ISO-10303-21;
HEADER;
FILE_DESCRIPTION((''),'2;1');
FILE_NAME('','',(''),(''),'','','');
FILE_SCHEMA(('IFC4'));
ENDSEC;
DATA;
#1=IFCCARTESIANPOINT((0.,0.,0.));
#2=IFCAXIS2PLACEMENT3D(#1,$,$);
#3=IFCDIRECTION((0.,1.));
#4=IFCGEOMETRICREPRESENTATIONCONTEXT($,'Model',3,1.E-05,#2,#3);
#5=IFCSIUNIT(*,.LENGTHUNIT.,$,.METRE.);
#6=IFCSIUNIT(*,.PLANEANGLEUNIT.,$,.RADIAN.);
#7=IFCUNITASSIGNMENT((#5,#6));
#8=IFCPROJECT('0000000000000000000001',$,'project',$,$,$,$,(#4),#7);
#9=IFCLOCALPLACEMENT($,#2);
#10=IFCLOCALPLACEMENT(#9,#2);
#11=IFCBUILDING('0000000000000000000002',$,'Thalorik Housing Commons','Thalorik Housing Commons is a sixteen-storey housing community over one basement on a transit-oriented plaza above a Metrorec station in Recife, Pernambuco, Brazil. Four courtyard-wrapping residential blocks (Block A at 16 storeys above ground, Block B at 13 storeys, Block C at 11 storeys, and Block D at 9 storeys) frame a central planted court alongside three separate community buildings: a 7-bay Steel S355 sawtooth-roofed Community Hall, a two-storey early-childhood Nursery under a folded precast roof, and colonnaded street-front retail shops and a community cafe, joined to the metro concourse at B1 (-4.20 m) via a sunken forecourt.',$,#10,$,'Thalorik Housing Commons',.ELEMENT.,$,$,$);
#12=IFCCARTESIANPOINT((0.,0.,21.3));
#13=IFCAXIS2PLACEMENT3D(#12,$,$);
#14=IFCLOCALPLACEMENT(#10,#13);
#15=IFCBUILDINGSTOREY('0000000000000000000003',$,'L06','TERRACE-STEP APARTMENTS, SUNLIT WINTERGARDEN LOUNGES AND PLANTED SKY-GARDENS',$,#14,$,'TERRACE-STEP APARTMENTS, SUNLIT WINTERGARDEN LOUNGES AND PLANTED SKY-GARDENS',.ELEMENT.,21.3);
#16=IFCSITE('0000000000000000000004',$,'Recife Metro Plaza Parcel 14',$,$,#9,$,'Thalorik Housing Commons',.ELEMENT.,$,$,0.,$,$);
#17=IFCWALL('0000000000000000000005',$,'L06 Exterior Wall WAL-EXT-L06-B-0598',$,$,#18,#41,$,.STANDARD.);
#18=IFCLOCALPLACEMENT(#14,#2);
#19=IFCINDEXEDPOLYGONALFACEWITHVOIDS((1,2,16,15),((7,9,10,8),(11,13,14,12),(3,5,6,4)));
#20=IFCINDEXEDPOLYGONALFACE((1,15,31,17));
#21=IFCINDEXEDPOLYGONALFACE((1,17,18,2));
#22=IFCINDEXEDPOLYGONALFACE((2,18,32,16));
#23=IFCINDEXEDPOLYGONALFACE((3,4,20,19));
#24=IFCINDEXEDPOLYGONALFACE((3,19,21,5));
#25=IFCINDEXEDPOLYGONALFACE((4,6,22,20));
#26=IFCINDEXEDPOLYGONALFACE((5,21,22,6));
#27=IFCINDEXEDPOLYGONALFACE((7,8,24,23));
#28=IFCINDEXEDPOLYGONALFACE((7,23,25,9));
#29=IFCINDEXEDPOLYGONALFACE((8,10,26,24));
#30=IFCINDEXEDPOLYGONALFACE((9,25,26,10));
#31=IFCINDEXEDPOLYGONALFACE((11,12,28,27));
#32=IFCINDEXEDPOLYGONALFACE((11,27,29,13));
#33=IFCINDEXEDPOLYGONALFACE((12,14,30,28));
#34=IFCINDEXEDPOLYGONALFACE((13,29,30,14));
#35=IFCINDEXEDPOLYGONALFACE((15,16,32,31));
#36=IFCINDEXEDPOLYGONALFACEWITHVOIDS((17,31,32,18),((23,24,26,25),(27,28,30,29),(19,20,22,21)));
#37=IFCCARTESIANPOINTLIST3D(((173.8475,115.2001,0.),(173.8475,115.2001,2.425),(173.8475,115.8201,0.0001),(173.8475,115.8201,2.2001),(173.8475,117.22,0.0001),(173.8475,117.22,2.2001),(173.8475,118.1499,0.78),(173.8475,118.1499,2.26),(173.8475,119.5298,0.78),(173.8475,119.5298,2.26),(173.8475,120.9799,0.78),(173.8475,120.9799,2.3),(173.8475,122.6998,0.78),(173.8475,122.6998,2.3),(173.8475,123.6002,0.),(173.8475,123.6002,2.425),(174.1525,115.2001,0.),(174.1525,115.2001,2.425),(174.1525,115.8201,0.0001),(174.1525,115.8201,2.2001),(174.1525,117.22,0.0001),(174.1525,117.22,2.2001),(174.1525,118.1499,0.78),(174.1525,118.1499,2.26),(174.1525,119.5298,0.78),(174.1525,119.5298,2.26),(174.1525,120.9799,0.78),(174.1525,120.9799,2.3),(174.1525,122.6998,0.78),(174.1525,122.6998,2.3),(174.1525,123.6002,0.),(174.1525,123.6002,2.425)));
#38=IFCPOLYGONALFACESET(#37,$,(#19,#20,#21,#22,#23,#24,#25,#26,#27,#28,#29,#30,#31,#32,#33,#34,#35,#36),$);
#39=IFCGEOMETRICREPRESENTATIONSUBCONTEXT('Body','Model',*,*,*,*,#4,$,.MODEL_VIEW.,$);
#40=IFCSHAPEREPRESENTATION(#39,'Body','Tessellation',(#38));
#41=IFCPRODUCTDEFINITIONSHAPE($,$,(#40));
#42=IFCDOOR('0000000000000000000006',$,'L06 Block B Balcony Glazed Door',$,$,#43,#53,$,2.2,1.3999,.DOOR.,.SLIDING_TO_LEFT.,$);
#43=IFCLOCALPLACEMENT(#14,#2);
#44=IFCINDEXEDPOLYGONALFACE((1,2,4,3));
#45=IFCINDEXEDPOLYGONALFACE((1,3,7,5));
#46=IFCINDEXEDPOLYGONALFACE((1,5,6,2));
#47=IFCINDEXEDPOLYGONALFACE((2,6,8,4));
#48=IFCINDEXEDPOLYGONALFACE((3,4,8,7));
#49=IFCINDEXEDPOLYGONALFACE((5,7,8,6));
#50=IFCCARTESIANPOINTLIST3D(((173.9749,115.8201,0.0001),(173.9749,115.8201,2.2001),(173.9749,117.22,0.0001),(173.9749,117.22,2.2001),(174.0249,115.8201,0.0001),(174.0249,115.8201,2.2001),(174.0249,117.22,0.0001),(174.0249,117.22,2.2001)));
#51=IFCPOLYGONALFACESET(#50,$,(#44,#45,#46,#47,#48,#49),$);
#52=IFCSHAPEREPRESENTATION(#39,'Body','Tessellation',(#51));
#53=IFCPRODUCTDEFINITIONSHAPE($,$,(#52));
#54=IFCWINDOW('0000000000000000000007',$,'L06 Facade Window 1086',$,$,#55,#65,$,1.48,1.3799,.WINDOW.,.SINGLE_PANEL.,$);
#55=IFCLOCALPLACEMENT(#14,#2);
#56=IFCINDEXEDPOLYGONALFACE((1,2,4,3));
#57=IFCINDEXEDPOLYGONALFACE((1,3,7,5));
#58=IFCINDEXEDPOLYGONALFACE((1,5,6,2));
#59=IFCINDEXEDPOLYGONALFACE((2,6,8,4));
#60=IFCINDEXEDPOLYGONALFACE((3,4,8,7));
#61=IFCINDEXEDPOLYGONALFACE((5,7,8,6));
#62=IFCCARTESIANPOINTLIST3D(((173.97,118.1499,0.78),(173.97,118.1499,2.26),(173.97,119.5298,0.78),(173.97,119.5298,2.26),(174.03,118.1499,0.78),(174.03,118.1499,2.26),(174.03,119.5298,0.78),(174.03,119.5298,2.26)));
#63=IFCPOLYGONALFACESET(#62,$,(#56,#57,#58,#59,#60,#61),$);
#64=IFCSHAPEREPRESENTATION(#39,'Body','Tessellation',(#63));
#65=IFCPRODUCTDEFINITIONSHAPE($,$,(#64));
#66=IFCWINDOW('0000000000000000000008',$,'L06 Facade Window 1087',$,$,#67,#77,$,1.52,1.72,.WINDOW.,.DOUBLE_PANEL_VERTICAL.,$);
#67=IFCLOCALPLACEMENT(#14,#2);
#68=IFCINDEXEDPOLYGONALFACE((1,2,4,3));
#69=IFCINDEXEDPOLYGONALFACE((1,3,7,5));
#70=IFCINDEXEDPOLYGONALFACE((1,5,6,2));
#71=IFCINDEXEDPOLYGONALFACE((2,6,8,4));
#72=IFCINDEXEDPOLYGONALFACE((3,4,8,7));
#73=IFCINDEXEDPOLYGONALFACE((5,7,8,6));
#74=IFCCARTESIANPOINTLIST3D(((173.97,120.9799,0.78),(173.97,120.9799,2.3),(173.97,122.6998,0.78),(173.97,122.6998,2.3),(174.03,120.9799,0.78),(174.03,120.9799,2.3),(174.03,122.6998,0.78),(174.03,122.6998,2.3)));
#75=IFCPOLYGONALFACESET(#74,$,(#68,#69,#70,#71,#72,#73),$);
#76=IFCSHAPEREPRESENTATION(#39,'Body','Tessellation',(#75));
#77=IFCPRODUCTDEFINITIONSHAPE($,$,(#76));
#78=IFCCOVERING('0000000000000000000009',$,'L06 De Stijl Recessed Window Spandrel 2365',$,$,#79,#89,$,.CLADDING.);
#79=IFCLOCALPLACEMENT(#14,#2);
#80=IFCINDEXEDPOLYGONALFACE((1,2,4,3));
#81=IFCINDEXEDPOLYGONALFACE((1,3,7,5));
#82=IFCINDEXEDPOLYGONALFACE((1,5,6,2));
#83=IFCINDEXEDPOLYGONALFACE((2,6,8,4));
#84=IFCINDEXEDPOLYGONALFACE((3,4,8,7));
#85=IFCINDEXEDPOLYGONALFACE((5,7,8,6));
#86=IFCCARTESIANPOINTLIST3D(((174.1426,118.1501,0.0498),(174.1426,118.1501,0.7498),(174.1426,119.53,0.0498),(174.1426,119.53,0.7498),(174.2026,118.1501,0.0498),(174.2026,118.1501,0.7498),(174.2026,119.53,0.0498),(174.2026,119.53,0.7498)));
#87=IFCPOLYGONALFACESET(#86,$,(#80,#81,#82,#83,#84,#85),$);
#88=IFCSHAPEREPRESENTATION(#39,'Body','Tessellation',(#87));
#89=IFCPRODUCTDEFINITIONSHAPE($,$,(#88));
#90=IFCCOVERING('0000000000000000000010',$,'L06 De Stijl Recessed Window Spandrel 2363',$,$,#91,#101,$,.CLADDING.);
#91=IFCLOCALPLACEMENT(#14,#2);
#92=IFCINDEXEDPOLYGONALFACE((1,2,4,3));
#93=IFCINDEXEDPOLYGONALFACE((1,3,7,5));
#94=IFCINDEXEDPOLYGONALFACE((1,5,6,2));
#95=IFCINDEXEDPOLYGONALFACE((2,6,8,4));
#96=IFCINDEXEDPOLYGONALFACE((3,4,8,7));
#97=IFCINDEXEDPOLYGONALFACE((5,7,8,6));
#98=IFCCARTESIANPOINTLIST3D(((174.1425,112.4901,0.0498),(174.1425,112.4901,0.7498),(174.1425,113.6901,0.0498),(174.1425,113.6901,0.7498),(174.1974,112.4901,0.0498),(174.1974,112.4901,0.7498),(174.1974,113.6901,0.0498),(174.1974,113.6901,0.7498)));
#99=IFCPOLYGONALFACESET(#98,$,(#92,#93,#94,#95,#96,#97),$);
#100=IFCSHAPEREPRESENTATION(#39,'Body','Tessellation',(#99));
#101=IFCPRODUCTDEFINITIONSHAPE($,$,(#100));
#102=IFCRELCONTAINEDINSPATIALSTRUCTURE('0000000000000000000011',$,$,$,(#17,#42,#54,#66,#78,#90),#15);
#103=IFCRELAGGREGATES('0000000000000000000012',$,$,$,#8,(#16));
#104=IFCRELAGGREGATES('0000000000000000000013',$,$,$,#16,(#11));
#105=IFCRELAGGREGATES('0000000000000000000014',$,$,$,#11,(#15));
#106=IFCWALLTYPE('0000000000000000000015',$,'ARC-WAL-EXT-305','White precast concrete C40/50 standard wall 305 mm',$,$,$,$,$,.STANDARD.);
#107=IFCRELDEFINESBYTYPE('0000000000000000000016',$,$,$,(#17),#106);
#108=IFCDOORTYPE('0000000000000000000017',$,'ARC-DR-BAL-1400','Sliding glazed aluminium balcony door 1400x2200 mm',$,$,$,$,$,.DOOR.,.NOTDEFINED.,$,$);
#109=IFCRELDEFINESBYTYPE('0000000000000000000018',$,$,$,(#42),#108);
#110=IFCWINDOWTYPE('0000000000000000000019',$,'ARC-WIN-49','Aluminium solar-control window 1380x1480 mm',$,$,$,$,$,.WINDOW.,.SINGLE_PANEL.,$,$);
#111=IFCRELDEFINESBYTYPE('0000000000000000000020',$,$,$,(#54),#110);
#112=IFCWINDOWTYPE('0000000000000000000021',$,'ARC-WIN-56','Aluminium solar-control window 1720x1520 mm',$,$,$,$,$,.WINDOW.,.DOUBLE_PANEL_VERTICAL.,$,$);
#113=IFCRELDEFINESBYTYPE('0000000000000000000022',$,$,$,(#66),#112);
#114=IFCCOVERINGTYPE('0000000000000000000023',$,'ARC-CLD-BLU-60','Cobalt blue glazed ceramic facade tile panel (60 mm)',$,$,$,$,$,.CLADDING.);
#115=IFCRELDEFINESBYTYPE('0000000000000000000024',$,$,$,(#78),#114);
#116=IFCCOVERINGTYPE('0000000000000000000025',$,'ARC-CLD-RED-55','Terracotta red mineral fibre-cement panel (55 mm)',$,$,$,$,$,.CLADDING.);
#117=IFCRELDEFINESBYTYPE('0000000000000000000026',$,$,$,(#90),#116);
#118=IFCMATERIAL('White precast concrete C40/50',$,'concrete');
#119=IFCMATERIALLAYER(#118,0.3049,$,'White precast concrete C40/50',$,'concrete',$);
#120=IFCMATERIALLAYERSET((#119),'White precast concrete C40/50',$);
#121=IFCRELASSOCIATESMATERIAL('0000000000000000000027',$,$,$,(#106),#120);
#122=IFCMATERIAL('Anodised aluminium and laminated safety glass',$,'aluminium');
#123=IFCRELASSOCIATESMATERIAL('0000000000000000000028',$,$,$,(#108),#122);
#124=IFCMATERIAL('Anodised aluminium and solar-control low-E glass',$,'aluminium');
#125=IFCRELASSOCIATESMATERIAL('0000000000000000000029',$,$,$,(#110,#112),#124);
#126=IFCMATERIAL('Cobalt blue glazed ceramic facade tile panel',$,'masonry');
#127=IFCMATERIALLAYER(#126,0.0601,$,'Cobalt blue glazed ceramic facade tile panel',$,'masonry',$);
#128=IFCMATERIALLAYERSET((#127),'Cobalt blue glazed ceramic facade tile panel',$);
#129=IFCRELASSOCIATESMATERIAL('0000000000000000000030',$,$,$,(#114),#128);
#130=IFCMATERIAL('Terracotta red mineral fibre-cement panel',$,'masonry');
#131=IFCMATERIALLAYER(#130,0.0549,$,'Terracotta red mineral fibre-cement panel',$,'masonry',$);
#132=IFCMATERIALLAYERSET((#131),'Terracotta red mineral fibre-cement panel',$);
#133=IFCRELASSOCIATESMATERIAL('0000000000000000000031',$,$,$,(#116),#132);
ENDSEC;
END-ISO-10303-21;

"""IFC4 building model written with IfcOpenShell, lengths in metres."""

from ifc_helpers import new_model, si_unit, direction, frame, frame_2d, origin, origin_2d, place, context, subcontext, project, spatial, rectangle, extrude, material, layer, layer_set, type_object, element, fill, save


model = new_model("IFC4")

# Units and contexts
model_context = context("Model", 3, precision=1e-05, world=origin(), true_north=direction((0.0, 1.0)))
body_context = subcontext(model_context, "Body", "Model", "MODEL_VIEW")
ifc_project = project(units=[si_unit("LENGTHUNIT", "METRE"), si_unit("PLANEANGLEUNIT", "RADIAN")], contexts=[model_context])

# Site, building, storey
site_placement = place(None, origin())
site = spatial("IfcSite", under=ifc_project, at=site_placement, Name="Recife Metro Plaza Parcel 14", LongName="Thalorik Housing Commons", CompositionType="ELEMENT", RefElevation=0.0)
building_placement = place(site_placement, origin())
building = spatial("IfcBuilding", under=site, at=building_placement, Name="Thalorik Housing Commons", Description="Thalorik Housing Commons is a sixteen-storey housing community over one basement on a transit-oriented plaza above a Metrorec station in Recife, Pernambuco, Brazil. Four courtyard-wrapping residential blocks (Block A at 16 storeys above ground, Block B at 13 storeys, Block C at 11 storeys, and Block D at 9 storeys) frame a central planted court alongside three separate community buildings: a 7-bay Steel S355 sawtooth-roofed Community Hall, a two-storey early-childhood Nursery under a folded precast roof, and colonnaded street-front retail shops and a community cafe, joined to the metro concourse at B1 (-4.20 m) via a sunken forecourt.", LongName="Thalorik Housing Commons", CompositionType="ELEMENT")
storey_placement = place(building_placement, frame((0.0, 0.0, 21.3)))
storey = spatial("IfcBuildingStorey", under=building, at=storey_placement, Name="L06", Description="TERRACE-STEP APARTMENTS, SUNLIT WINTERGARDEN LOUNGES AND PLANTED SKY-GARDENS", LongName="TERRACE-STEP APARTMENTS, SUNLIT WINTERGARDEN LOUNGES AND PLANTED SKY-GARDENS", CompositionType="ELEMENT", Elevation=21.3)

# Shared definitions
ifc_material_1 = material(Name="White precast concrete C40/50", Category="concrete")
ifc_layer_1 = layer(ifc_material_1, 0.3049, Name="White precast concrete C40/50", Category="concrete")
ifc_layer_set_1 = layer_set([ifc_layer_1], Name="White precast concrete C40/50")
wall_type_1 = type_object("IfcWallType", Name="ARC-WAL-EXT-305", Description="White precast concrete C40/50 standard wall 305 mm", PredefinedType="STANDARD", material=ifc_layer_set_1)
ifc_material_2 = material(Name="Anodised aluminium and laminated safety glass", Category="aluminium")
ifc_material_3 = material(Name="Anodised aluminium and solar-control low-E glass", Category="aluminium")

# Wall, openings, door, windows
wall_1_placement = place(storey_placement, frame((174.0, 115.2, 0.0), z_axis=(0.0, 0.0, 1.0), x_axis=(0.0, 1.0, 0.0)))
wall_1 = element("IfcWall", 1, at=wall_1_placement, inside=storey, type_object=wall_type_1, Name="L06 Exterior Wall WAL-EXT-L06-B-0598", PredefinedType="STANDARD", context=body_context, shape_type="SweptSolid", body=[
    extrude(rectangle(XDim=8.4001, YDim=0.3049, at=frame_2d((4.2002, 0.0))), origin(), (0.0, 0.0, 1.0), 2.425),
])
opening_1_placement = place(wall_1_placement, frame((0.6201, 0.0, 0.0)))
opening_1 = element("IfcOpeningElement", 2, at=opening_1_placement, cuts=wall_1, PredefinedType="OPENING", context=body_context, shape_type="SweptSolid", body=[
    extrude(rectangle(XDim=1.3999, YDim=2.2, at=frame_2d((0.7, 1.1001))), frame((0.0, 0.1626, 0.0), z_axis=(0.0, -1.0, 0.0), x_axis=(1.0, 0.0, 0.0)), (0.0, 0.0, 1.0), 0.325),
])
opening_2_placement = place(wall_1_placement, frame((2.95, 0.0, 0.78)))
opening_2 = element("IfcOpeningElement", 3, at=opening_2_placement, cuts=wall_1, PredefinedType="OPENING", context=body_context, shape_type="SweptSolid", body=[
    extrude(rectangle(XDim=1.3799, YDim=1.48, at=frame_2d((0.6899, 0.74))), frame((0.0, 0.1626, 0.0), z_axis=(0.0, -1.0, 0.0), x_axis=(1.0, 0.0, 0.0)), (0.0, 0.0, 1.0), 0.325),
])
opening_3_placement = place(wall_1_placement, frame((5.78, 0.0, 0.78)))
opening_3 = element("IfcOpeningElement", 4, at=opening_3_placement, cuts=wall_1, PredefinedType="OPENING", context=body_context, shape_type="SweptSolid", body=[
    extrude(rectangle(XDim=1.72, YDim=1.52, at=frame_2d((0.8599, 0.76))), frame((0.0, 0.1626, 0.0), z_axis=(0.0, -1.0, 0.0), x_axis=(1.0, 0.0, 0.0)), (0.0, 0.0, 1.0), 0.325),
])
door_type_1 = type_object("IfcDoorType", Name="ARC-DR-BAL-1400", Description="Sliding glazed aluminium balcony door 1400x2200 mm", OperationType="NOTDEFINED", PredefinedType="DOOR", material=ifc_material_2)
door_1_placement = place(opening_1_placement, frame((1.3999, 0.0, 0.0), z_axis=(0.0, 0.0, 1.0), x_axis=(-1.0, 0.0, 0.0)))
door_1 = element("IfcDoor", 5, at=door_1_placement, inside=storey, type_object=door_type_1, Name="L06 Block B Balcony Glazed Door", OperationType="SLIDING_TO_LEFT", OverallHeight=2.2, OverallWidth=1.3999, PredefinedType="DOOR", context=body_context, shape_type="SweptSolid", body=[
    extrude(rectangle(XDim=1.3999, YDim=2.2, at=frame_2d((0.7, 1.1001))), frame((0.0, 0.0249, 0.0), z_axis=(0.0, -1.0, 0.0), x_axis=(1.0, 0.0, 0.0)), (0.0, 0.0, 1.0), 0.05),
])
fill(opening_1, door_1)
window_type_1 = type_object("IfcWindowType", Name="ARC-WIN-49", Description="Aluminium solar-control window 1380x1480 mm", PartitioningType="SINGLE_PANEL", PredefinedType="WINDOW", material=ifc_material_3)
window_1_placement = place(opening_2_placement, origin())
window_1 = element("IfcWindow", 6, at=window_1_placement, inside=storey, type_object=window_type_1, Name="L06 Facade Window 1086", OverallHeight=1.48, OverallWidth=1.3799, PartitioningType="SINGLE_PANEL", PredefinedType="WINDOW", context=body_context, shape_type="SweptSolid", body=[
    extrude(rectangle(XDim=1.3799, YDim=1.48, at=frame_2d((0.6899, 0.74))), frame((0.0, 0.03, 0.0), z_axis=(0.0, -1.0, 0.0), x_axis=(1.0, 0.0, 0.0)), (0.0, 0.0, 1.0), 0.0601),
])
fill(opening_2, window_1)
window_type_2 = type_object("IfcWindowType", Name="ARC-WIN-56", Description="Aluminium solar-control window 1720x1520 mm", PartitioningType="DOUBLE_PANEL_VERTICAL", PredefinedType="WINDOW", material=ifc_material_3)
window_2_placement = place(opening_3_placement, origin())
window_2 = element("IfcWindow", 7, at=window_2_placement, inside=storey, type_object=window_type_2, Name="L06 Facade Window 1087", OverallHeight=1.52, OverallWidth=1.72, PartitioningType="DOUBLE_PANEL_VERTICAL", PredefinedType="WINDOW", context=body_context, shape_type="SweptSolid", body=[
    extrude(rectangle(XDim=1.72, YDim=1.52, at=frame_2d((0.8599, 0.76))), frame((0.0, 0.03, 0.0), z_axis=(0.0, -1.0, 0.0), x_axis=(1.0, 0.0, 0.0)), (0.0, 0.0, 1.0), 0.0601),
])
fill(opening_3, window_2)

# Coverings
ifc_material_4 = material(Name="Cobalt blue glazed ceramic facade tile panel", Category="masonry")
ifc_layer_2 = layer(ifc_material_4, 0.0601, Name="Cobalt blue glazed ceramic facade tile panel", Category="masonry")
ifc_layer_set_2 = layer_set([ifc_layer_2], Name="Cobalt blue glazed ceramic facade tile panel")
covering_type_1 = type_object("IfcCoveringType", Name="ARC-CLD-BLU-60", Description="Cobalt blue glazed ceramic facade tile panel (60 mm)", PredefinedType="CLADDING", material=ifc_layer_set_2)
covering_1_placement = place(storey_placement, frame((174.1726, 118.8401, 0.0498), z_axis=(0.0, 0.0, 1.0), x_axis=(0.0, 1.0, 0.0)))
element("IfcCovering", 8, at=covering_1_placement, inside=storey, type_object=covering_type_1, Name="L06 De Stijl Recessed Window Spandrel 2365", PredefinedType="CLADDING", context=body_context, shape_type="SweptSolid", body=[
    extrude(rectangle(XDim=1.3799, YDim=0.0601, at=origin_2d()), origin(), (0.0, 0.0, 1.0), 0.7),
])
ifc_material_5 = material(Name="Terracotta red mineral fibre-cement panel", Category="masonry")
ifc_layer_3 = layer(ifc_material_5, 0.0549, Name="Terracotta red mineral fibre-cement panel", Category="masonry")
ifc_layer_set_3 = layer_set([ifc_layer_3], Name="Terracotta red mineral fibre-cement panel")
covering_type_2 = type_object("IfcCoveringType", Name="ARC-CLD-RED-55", Description="Terracotta red mineral fibre-cement panel (55 mm)", PredefinedType="CLADDING", material=ifc_layer_set_3)
covering_2_placement = place(storey_placement, frame((174.1699, 113.0901, 0.0498), z_axis=(0.0, 0.0, 1.0), x_axis=(0.0, 1.0, 0.0)))
element("IfcCovering", 9, at=covering_2_placement, inside=storey, type_object=covering_type_2, Name="L06 De Stijl Recessed Window Spandrel 2363", PredefinedType="CLADDING", context=body_context, shape_type="SweptSolid", body=[
    extrude(rectangle(XDim=1.2, YDim=0.0549, at=origin_2d()), origin(), (0.0, 0.0, 1.0), 0.7),
])

save(model, "model.ifc")
